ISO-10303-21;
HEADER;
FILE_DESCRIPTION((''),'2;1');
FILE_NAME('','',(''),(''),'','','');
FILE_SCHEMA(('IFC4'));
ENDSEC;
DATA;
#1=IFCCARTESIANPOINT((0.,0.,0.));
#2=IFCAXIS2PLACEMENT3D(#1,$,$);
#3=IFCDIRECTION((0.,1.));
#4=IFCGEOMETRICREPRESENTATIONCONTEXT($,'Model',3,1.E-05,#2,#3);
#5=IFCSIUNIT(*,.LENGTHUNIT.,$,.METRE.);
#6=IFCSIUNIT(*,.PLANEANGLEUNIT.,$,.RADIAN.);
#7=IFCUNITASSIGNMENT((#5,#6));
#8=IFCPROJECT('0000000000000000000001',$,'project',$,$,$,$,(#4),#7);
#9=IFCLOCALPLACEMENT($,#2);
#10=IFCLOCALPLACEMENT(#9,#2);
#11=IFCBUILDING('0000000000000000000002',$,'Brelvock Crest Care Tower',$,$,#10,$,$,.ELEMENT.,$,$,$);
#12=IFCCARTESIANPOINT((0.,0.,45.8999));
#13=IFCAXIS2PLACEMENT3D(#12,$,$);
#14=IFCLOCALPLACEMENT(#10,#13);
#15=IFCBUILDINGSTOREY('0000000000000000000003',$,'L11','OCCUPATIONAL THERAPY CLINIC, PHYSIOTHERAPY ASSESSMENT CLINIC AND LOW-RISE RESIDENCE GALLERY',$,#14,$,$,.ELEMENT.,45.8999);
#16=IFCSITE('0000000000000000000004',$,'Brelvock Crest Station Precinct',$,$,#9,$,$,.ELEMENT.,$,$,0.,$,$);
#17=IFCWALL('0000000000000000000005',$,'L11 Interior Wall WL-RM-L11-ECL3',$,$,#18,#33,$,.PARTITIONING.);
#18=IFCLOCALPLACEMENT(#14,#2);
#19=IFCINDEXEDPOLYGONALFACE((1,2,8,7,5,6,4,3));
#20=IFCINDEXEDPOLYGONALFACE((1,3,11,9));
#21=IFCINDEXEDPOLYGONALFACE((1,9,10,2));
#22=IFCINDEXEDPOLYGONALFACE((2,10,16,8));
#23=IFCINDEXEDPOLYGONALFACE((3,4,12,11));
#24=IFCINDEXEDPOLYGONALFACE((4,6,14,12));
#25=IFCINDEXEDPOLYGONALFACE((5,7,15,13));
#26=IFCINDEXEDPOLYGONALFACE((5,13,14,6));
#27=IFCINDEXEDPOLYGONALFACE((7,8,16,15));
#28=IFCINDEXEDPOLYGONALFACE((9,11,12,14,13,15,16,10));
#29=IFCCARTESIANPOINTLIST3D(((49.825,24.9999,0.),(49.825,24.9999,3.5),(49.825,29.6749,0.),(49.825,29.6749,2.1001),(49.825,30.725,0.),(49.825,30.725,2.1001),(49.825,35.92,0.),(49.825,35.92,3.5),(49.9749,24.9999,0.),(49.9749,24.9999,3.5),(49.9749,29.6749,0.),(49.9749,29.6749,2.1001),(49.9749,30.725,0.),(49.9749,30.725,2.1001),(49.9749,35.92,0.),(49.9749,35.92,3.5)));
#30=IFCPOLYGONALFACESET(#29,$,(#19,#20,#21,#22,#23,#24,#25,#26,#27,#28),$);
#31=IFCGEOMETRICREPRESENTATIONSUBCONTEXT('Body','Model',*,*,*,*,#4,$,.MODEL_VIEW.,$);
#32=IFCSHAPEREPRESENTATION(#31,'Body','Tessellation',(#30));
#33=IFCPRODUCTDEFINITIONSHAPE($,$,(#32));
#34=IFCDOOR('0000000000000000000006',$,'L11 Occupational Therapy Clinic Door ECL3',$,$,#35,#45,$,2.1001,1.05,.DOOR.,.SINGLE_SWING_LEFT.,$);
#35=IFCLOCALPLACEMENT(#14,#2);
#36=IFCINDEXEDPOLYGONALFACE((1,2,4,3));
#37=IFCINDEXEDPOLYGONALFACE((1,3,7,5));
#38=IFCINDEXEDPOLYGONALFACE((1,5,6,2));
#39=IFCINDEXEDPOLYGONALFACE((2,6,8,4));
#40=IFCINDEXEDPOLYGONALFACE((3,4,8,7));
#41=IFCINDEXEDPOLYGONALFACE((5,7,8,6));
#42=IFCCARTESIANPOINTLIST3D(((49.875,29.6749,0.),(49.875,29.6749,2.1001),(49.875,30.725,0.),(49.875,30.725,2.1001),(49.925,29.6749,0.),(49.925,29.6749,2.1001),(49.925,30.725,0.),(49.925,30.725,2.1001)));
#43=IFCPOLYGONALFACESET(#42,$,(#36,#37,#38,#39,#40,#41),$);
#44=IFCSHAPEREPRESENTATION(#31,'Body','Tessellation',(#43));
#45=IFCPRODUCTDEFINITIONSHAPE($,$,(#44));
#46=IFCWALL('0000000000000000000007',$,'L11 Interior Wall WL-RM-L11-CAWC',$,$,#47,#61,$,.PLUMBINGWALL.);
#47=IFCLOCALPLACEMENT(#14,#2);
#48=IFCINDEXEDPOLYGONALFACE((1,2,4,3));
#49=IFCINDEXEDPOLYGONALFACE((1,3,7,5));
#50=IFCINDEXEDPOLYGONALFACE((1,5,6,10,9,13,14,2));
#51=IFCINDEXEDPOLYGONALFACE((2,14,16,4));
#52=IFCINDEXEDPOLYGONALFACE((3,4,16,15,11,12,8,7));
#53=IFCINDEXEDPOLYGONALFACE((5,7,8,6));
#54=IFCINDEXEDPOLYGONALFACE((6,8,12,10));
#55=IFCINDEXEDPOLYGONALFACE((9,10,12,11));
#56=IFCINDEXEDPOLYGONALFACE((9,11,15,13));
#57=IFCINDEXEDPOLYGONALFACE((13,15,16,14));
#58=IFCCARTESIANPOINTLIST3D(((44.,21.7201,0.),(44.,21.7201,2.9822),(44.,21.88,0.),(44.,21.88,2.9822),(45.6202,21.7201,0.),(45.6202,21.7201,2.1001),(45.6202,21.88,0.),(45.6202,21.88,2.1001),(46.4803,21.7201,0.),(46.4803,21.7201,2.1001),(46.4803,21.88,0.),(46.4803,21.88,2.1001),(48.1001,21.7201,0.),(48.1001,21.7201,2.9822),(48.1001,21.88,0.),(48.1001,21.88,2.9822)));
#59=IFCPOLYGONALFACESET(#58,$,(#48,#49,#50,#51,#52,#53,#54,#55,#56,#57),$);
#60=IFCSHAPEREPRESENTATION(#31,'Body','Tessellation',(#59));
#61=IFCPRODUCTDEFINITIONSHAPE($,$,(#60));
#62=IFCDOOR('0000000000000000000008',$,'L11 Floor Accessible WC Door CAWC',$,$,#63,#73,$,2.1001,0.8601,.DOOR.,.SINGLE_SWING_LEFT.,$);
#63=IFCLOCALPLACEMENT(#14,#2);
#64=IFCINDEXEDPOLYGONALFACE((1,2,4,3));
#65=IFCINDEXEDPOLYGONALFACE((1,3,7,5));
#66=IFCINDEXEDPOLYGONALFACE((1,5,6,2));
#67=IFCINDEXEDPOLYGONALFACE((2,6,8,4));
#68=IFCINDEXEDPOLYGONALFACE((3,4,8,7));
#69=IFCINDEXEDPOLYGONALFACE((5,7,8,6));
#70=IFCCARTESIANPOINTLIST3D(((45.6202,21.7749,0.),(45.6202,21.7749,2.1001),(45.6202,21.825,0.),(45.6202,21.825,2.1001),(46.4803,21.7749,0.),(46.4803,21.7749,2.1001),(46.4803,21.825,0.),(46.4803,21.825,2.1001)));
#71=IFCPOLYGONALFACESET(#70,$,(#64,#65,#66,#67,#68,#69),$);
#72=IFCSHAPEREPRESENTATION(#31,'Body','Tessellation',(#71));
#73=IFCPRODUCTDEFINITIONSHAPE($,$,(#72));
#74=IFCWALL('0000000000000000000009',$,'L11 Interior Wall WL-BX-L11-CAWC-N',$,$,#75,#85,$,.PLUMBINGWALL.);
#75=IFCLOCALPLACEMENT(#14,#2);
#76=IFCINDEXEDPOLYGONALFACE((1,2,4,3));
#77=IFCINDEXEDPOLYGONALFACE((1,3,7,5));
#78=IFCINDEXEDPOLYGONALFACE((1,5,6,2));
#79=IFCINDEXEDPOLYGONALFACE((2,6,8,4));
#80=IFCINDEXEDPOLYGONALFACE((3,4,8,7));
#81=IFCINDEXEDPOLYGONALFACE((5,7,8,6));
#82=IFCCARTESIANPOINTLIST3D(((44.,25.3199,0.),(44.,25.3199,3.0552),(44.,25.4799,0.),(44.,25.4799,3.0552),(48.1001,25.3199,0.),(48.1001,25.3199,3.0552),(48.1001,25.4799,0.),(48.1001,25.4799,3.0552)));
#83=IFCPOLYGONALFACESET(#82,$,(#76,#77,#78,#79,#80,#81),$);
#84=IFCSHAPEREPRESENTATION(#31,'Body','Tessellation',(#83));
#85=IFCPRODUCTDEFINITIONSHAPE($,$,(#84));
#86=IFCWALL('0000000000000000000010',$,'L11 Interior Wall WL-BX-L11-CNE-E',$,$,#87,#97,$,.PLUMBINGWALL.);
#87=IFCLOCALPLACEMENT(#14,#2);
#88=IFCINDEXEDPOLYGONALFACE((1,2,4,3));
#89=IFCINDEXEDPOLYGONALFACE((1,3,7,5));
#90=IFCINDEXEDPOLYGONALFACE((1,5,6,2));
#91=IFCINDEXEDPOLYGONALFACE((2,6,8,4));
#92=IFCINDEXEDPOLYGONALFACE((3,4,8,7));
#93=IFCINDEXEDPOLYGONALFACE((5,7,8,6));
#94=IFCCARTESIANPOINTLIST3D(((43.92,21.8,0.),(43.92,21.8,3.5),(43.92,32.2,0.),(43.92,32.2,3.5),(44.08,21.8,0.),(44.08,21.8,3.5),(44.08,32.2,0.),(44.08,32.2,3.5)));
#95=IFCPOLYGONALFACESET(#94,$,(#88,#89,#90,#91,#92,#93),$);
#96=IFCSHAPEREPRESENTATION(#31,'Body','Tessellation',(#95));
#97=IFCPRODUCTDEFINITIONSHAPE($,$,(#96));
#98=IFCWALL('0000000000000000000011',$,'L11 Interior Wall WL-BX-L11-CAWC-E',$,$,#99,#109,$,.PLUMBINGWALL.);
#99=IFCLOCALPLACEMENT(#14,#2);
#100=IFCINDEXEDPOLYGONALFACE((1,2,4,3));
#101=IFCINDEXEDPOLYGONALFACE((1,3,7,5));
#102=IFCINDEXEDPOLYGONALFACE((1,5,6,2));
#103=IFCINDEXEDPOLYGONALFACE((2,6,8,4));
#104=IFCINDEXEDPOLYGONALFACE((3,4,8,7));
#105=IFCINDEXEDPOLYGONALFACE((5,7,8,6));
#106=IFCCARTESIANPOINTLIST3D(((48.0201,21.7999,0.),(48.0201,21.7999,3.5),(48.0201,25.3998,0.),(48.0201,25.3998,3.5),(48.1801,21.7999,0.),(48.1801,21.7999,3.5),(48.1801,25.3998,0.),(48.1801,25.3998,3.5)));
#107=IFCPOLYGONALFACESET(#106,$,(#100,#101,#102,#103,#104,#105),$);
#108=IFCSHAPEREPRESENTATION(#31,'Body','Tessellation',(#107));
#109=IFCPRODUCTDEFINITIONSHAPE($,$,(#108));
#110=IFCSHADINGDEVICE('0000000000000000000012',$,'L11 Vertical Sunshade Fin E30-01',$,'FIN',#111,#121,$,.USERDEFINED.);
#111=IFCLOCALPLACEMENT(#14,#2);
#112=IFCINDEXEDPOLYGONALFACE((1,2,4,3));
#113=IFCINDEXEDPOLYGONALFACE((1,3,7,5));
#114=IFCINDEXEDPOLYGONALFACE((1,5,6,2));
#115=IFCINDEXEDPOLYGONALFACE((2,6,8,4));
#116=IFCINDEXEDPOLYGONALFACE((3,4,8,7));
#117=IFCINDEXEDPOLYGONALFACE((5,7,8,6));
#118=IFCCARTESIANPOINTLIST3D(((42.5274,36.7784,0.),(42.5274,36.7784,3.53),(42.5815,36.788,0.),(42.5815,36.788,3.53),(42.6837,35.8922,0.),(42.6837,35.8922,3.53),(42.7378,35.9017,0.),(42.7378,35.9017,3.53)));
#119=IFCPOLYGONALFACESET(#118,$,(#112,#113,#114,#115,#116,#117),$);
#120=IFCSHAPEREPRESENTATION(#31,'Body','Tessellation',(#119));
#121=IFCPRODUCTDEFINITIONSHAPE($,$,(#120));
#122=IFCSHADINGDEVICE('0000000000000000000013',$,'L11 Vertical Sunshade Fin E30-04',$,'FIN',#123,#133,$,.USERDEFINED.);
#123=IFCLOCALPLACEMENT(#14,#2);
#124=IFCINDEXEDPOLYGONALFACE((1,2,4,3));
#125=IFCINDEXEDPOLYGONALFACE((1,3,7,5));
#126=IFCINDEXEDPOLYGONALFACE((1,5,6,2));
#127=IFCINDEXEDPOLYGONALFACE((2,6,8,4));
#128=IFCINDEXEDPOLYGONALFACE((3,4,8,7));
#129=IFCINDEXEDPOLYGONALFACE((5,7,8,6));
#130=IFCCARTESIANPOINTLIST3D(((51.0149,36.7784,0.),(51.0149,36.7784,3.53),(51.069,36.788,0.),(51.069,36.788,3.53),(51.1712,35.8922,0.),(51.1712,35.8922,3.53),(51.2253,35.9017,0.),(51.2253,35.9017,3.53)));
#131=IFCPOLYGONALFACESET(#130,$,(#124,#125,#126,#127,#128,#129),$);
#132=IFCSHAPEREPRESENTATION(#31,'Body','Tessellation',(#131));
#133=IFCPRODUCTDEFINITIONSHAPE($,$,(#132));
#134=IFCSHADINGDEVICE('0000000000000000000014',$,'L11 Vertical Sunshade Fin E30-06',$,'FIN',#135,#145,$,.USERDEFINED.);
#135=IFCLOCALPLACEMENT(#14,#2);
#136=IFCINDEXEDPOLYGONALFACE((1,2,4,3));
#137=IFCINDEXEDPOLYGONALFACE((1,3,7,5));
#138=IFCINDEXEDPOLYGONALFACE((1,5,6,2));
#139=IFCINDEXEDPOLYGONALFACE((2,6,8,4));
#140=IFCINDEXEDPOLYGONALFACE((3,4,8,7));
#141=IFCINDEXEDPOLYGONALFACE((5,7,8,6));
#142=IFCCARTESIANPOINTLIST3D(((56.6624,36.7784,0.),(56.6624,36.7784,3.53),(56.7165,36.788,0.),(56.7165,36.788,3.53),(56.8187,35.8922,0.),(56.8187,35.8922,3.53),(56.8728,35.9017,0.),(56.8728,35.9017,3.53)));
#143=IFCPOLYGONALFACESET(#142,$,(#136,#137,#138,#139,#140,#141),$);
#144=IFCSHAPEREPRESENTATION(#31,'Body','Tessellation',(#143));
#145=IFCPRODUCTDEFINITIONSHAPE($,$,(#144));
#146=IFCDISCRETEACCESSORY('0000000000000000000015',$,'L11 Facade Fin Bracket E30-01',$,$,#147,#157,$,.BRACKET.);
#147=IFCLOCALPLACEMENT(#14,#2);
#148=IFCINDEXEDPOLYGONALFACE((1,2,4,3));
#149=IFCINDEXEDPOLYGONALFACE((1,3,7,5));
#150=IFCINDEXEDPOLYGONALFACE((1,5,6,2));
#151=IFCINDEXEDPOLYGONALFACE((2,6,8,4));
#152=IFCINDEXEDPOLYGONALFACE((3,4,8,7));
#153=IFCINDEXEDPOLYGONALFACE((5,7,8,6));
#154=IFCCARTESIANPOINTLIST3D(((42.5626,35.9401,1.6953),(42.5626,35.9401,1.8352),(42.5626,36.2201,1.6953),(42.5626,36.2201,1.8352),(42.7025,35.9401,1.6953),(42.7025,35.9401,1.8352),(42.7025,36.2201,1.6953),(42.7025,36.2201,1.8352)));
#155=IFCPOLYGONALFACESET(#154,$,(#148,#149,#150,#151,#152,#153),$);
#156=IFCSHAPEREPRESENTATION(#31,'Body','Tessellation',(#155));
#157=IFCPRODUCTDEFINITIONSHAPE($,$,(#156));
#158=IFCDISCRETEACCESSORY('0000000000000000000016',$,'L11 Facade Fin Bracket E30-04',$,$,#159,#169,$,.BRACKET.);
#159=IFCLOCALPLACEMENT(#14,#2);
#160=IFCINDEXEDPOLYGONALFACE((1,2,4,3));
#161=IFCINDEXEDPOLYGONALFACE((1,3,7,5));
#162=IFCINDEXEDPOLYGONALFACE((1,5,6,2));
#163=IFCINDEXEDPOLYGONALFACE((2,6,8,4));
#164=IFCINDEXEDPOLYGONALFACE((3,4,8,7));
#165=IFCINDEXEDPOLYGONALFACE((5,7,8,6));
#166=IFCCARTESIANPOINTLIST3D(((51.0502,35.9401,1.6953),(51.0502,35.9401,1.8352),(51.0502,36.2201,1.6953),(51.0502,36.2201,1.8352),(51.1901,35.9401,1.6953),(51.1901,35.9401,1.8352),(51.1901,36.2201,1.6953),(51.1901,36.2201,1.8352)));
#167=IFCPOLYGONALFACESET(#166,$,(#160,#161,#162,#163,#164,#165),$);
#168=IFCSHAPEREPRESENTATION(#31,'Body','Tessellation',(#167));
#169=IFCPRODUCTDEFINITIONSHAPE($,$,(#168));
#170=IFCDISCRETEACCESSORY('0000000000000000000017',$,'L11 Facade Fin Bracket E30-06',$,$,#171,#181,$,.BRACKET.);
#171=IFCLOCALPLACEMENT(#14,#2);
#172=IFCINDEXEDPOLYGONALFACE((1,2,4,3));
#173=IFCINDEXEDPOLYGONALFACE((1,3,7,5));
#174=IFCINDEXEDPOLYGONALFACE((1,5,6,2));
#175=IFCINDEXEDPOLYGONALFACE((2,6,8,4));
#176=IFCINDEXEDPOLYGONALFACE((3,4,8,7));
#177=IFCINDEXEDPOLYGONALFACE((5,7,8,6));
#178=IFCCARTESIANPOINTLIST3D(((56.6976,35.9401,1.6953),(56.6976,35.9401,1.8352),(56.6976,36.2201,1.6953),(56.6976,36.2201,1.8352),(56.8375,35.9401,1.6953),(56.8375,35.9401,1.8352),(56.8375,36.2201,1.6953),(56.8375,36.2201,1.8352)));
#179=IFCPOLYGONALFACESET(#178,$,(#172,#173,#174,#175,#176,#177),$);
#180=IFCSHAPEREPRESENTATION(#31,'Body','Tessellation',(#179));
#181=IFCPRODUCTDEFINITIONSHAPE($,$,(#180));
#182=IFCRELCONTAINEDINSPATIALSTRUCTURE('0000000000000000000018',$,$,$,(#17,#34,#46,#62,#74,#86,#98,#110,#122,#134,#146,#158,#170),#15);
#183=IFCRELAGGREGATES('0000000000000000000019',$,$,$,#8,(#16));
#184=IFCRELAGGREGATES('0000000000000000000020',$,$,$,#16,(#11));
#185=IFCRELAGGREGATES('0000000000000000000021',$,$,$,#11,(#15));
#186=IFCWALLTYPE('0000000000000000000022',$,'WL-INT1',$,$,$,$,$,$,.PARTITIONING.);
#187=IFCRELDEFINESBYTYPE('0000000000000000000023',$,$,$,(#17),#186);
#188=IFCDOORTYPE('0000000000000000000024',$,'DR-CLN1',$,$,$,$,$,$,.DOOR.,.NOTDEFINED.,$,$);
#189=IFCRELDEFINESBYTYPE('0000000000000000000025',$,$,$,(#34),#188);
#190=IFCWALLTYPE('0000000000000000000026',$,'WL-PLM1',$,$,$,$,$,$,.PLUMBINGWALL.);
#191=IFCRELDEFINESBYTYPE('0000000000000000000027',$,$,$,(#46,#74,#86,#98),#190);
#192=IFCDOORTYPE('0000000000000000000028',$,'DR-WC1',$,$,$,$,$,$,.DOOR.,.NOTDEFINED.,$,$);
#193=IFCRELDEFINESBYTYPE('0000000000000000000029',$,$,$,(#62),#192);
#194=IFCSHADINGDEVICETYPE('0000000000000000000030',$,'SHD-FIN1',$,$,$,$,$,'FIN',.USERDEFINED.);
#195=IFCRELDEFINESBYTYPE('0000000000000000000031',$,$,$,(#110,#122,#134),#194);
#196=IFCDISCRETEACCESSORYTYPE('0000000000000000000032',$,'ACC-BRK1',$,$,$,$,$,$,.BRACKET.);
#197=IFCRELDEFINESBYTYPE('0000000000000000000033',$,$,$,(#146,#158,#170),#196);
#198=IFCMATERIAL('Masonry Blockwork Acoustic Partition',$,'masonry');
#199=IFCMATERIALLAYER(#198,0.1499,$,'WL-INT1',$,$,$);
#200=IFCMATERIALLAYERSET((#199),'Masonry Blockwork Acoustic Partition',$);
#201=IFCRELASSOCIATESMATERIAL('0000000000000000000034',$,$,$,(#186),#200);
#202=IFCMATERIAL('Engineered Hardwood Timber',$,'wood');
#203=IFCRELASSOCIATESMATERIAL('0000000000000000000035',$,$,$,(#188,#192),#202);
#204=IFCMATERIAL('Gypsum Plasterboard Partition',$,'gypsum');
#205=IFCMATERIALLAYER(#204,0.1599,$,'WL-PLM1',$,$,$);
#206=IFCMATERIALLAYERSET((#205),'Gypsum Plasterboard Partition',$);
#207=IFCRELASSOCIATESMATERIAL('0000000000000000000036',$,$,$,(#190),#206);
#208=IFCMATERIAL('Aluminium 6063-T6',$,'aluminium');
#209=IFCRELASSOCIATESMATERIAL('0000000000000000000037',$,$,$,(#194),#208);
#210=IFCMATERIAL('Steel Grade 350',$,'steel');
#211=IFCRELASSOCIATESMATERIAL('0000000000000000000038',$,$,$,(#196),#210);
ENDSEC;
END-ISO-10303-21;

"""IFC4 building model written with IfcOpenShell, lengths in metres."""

from ifc_helpers import new_model, si_unit, direction, frame, frame_2d, origin, origin_2d, place, context, subcontext, project, spatial, rectangle, extrude, source, transform, mapped, material, layer, layer_set, material_profile, profile_set, type_object, element, fill, save


model = new_model("IFC4")

# Units and contexts
model_context = context("Model", 3, precision=1e-05, world=origin(), true_north=direction((0.0, 1.0)))
body_context = subcontext(model_context, "Body", "Model", "MODEL_VIEW")
ifc_project = project(units=[si_unit("LENGTHUNIT", "METRE"), si_unit("PLANEANGLEUNIT", "RADIAN")], contexts=[model_context])

# Site, building, storey
site_placement = place(None, origin())
site = spatial("IfcSite", under=ifc_project, at=site_placement, Name="Brelvock Crest Station Precinct", CompositionType="ELEMENT", RefElevation=0.0)
building_placement = place(site_placement, origin())
building = spatial("IfcBuilding", under=site, at=building_placement, Name="Brelvock Crest Care Tower", CompositionType="ELEMENT")
storey_placement = place(building_placement, frame((0.0, 0.0, 45.8999)))
storey = spatial("IfcBuildingStorey", under=building, at=storey_placement, Name="L11", Description="OCCUPATIONAL THERAPY CLINIC, PHYSIOTHERAPY ASSESSMENT CLINIC AND LOW-RISE RESIDENCE GALLERY", CompositionType="ELEMENT", Elevation=45.8999)

# Shared definitions
ifc_material_1 = material(Name="Aluminium 6063-T6", Category="aluminium")

# Shared definitions
ifc_material_2 = material(Name="Masonry Blockwork Acoustic Partition", Category="masonry")
ifc_layer_1 = layer(ifc_material_2, 0.1499, Name="WL-INT1")
ifc_layer_set_1 = layer_set([ifc_layer_1], Name="Masonry Blockwork Acoustic Partition")
wall_type_1 = type_object("IfcWallType", Name="WL-INT1", PredefinedType="PARTITIONING", material=ifc_layer_set_1)

# Walls, openings, doors
ifc_material_3 = material(Name="Engineered Hardwood Timber", Category="wood")
wall_1_placement = place(storey_placement, frame((49.8999, 25.0, 0.0), z_axis=(0.0, 0.0, 1.0), x_axis=(0.0, 1.0, 0.0)))
wall_1 = element("IfcWall", 1, at=wall_1_placement, inside=storey, type_object=wall_type_1, Name="L11 Interior Wall WL-RM-L11-ECL3", PredefinedType="PARTITIONING", context=body_context, shape_type="SweptSolid", body=[
    extrude(rectangle(XDim=10.9202, YDim=0.1499, at=frame_2d((5.46, 0.0))), origin(), (0.0, 0.0, 1.0), 3.5),
])
opening_1_placement = place(wall_1_placement, frame((4.675, 0.0, 0.0)))
opening_1 = element("IfcOpeningElement", 2, at=opening_1_placement, cuts=wall_1, PredefinedType="OPENING", context=body_context, shape_type="SweptSolid", body=[
    extrude(rectangle(XDim=1.05, YDim=2.1001, at=origin_2d()), frame((0.5249, 0.085, 1.05), z_axis=(0.0, -1.0, 0.0), x_axis=(1.0, 0.0, 0.0)), (0.0, 0.0, 1.0), 0.1699),
])
door_type_1 = type_object("IfcDoorType", Name="DR-CLN1", OperationType="NOTDEFINED", PredefinedType="DOOR", material=ifc_material_3)
shared_shape_1 = source(origin(), body_context, "Body", "SweptSolid", [
    extrude(rectangle(XDim=1.05, YDim=2.1001, at=origin_2d()), frame((0.5249, 0.0249, 1.05), z_axis=(0.0, -1.0, 0.0), x_axis=(1.0, 0.0, 0.0)), (0.0, 0.0, 1.0), 0.05),
])
door_1_placement = place(opening_1_placement, origin())
door_1 = element("IfcDoor", 3, at=door_1_placement, inside=storey, type_object=door_type_1, Name="L11 Occupational Therapy Clinic Door ECL3", OperationType="SINGLE_SWING_LEFT", OverallHeight=2.1001, OverallWidth=1.05, PredefinedType="DOOR", context=body_context, shape_type="MappedRepresentation", body=[
    mapped(shared_shape_1, transform((0.0, 0.0, 0.0), x_axis=(1.0, 0.0, 0.0), y_axis=(0.0, 1.0, 0.0), z_axis=(0.0, 0.0, 1.0), scale=1.0)),
])
fill(opening_1, door_1)
ifc_material_4 = material(Name="Gypsum Plasterboard Partition", Category="gypsum")
ifc_layer_2 = layer(ifc_material_4, 0.1599, Name="WL-PLM1")
ifc_layer_set_2 = layer_set([ifc_layer_2], Name="Gypsum Plasterboard Partition")
wall_type_2 = type_object("IfcWallType", Name="WL-PLM1", PredefinedType="PLUMBINGWALL", material=ifc_layer_set_2)
wall_2_placement = place(storey_placement, frame((44.0, 21.8, 0.0), z_axis=(0.0, 0.0, 1.0), x_axis=(1.0, 0.0, 0.0)))
wall_2 = element("IfcWall", 4, at=wall_2_placement, inside=storey, type_object=wall_type_2, Name="L11 Interior Wall WL-RM-L11-CAWC", PredefinedType="PLUMBINGWALL", context=body_context, shape_type="SweptSolid", body=[
    extrude(rectangle(XDim=4.1001, YDim=0.1599, at=frame_2d((2.05, 0.0))), origin(), (0.0, 0.0, 1.0), 2.9822),
])
opening_2_placement = place(wall_2_placement, frame((1.6201, 0.0, 0.0)))
opening_2 = element("IfcOpeningElement", 5, at=opening_2_placement, cuts=wall_2, PredefinedType="OPENING", context=body_context, shape_type="SweptSolid", body=[
    extrude(rectangle(XDim=0.8601, YDim=2.1001, at=origin_2d()), frame((0.4302, 0.0898, 1.05), z_axis=(0.0, -1.0, 0.0), x_axis=(1.0, 0.0, 0.0)), (0.0, 0.0, 1.0), 0.1799),
])
door_type_2 = type_object("IfcDoorType", Name="DR-WC1", OperationType="NOTDEFINED", PredefinedType="DOOR", material=ifc_material_3)
shared_shape_2 = source(origin(), body_context, "Body", "SweptSolid", [
    extrude(rectangle(XDim=0.8601, YDim=2.1001, at=origin_2d()), frame((0.4302, 0.0249, 1.05), z_axis=(0.0, -1.0, 0.0), x_axis=(1.0, 0.0, 0.0)), (0.0, 0.0, 1.0), 0.05),
])
door_2_placement = place(opening_2_placement, origin())
door_2 = element("IfcDoor", 6, at=door_2_placement, inside=storey, type_object=door_type_2, Name="L11 Floor Accessible WC Door CAWC", OperationType="SINGLE_SWING_LEFT", OverallHeight=2.1001, OverallWidth=0.8601, PredefinedType="DOOR", context=body_context, shape_type="MappedRepresentation", body=[
    mapped(shared_shape_2, transform((0.0, 0.0, 0.0), x_axis=(1.0, 0.0, 0.0), y_axis=(0.0, 1.0, 0.0), z_axis=(0.0, 0.0, 1.0), scale=1.0)),
])
fill(opening_2, door_2)

# Walls
wall_3_placement = place(storey_placement, frame((44.0, 25.3999, 0.0), z_axis=(0.0, 0.0, 1.0), x_axis=(1.0, 0.0, 0.0)))
element("IfcWall", 7, at=wall_3_placement, inside=storey, type_object=wall_type_2, Name="L11 Interior Wall WL-BX-L11-CAWC-N", PredefinedType="PLUMBINGWALL", context=body_context, shape_type="SweptSolid", body=[
    extrude(rectangle(XDim=4.1001, YDim=0.1599, at=frame_2d((2.05, 0.0))), origin(), (0.0, 0.0, 1.0), 3.0552),
])
wall_4_placement = place(storey_placement, frame((44.0, 21.8, 0.0), z_axis=(0.0, 0.0, 1.0), x_axis=(0.0, 1.0, 0.0)))
element("IfcWall", 8, at=wall_4_placement, inside=storey, type_object=wall_type_2, Name="L11 Interior Wall WL-BX-L11-CNE-E", PredefinedType="PLUMBINGWALL", context=body_context, shape_type="SweptSolid", body=[
    extrude(rectangle(XDim=10.3999, YDim=0.1599, at=frame_2d((5.2, 0.0))), origin(), (0.0, 0.0, 1.0), 3.5),
])
wall_5_placement = place(storey_placement, frame((48.1001, 21.8, 0.0), z_axis=(0.0, 0.0, 1.0), x_axis=(0.0, 1.0, 0.0)))
element("IfcWall", 9, at=wall_5_placement, inside=storey, type_object=wall_type_2, Name="L11 Interior Wall WL-BX-L11-CAWC-E", PredefinedType="PLUMBINGWALL", context=body_context, shape_type="SweptSolid", body=[
    extrude(rectangle(XDim=3.5999, YDim=0.1599, at=frame_2d((1.7998, 0.0))), origin(), (0.0, 0.0, 1.0), 3.5),
])

# Shading devices
ifc_material_profile_1 = material_profile(ifc_material_1, rectangle(XDim=0.0549, YDim=0.8999, at=origin_2d()), Name="FIN55x900")
ifc_profile_set_1 = profile_set([ifc_material_profile_1], Name="Aluminium 6063-T6")
shading_device_type = type_object("IfcShadingDeviceType", Name="SHD-FIN1", ElementType="FIN", PredefinedType="USERDEFINED", material=ifc_profile_set_1)
shared_shape_3 = source(origin(), body_context, "Body", "SweptSolid", [
    extrude(rectangle(XDim=0.0549, YDim=0.8999, at=origin_2d()), origin(), (0.0, 0.0, 1.0), 3.53),
])
for number, where, z_axis, x_axis, name in (
    (10, (42.6326, 36.3401, 0.0), (0.0, 0.0, 1.0), (0.984808, 0.173648, 0.0), "L11 Vertical Sunshade Fin E30-01"),
    (11, (51.1201, 36.3401, 0.0), (0.0, 0.0, 1.0), (0.984808, 0.173648, 0.0), "L11 Vertical Sunshade Fin E30-04"),
    (12, (56.7676, 36.3401, 0.0), (0.0, 0.0, 1.0), (0.984808, 0.173648, 0.0), "L11 Vertical Sunshade Fin E30-06"),
):
    element("IfcShadingDevice", number, at=place(storey_placement, frame(where, z_axis=z_axis, x_axis=x_axis)), inside=storey, type_object=shading_device_type, Name=name, ObjectType="FIN", PredefinedType="USERDEFINED", context=body_context, shape_type="MappedRepresentation", body=[
        mapped(shared_shape_3, transform((0.0, 0.0, 0.0), x_axis=(1.0, 0.0, 0.0), y_axis=(0.0, 1.0, 0.0), z_axis=(0.0, 0.0, 1.0), scale=1.0)),
    ])

# Discrete accessories
ifc_material_5 = material(Name="Steel Grade 350", Category="steel")
discrete_accessory_type = type_object("IfcDiscreteAccessoryType", Name="ACC-BRK1", PredefinedType="BRACKET", material=ifc_material_5)
shared_shape_4 = source(origin(), body_context, "Body", "SweptSolid", [
    extrude(rectangle(XDim=0.28, YDim=0.1399, at=origin_2d()), origin(), (0.0, 0.0, 1.0), 0.1399),
])
for number, where, z_axis, x_axis, name in (
    (13, (42.6326, 36.0801, 1.6953), (0.0, 0.0, 1.0), (0.0, 1.0, 0.0), "L11 Facade Fin Bracket E30-01"),
    (14, (51.1201, 36.0801, 1.6953), (0.0, 0.0, 1.0), (0.0, 1.0, 0.0), "L11 Facade Fin Bracket E30-04"),
    (15, (56.7676, 36.0801, 1.6953), (0.0, 0.0, 1.0), (0.0, 1.0, 0.0), "L11 Facade Fin Bracket E30-06"),
):
    element("IfcDiscreteAccessory", number, at=place(storey_placement, frame(where, z_axis=z_axis, x_axis=x_axis)), inside=storey, type_object=discrete_accessory_type, Name=name, PredefinedType="BRACKET", context=body_context, shape_type="MappedRepresentation", body=[
        mapped(shared_shape_4, transform((0.0, 0.0, 0.0), x_axis=(1.0, 0.0, 0.0), y_axis=(0.0, 1.0, 0.0), z_axis=(0.0, 0.0, 1.0), scale=1.0)),
    ])

save(model, "model.ifc")
